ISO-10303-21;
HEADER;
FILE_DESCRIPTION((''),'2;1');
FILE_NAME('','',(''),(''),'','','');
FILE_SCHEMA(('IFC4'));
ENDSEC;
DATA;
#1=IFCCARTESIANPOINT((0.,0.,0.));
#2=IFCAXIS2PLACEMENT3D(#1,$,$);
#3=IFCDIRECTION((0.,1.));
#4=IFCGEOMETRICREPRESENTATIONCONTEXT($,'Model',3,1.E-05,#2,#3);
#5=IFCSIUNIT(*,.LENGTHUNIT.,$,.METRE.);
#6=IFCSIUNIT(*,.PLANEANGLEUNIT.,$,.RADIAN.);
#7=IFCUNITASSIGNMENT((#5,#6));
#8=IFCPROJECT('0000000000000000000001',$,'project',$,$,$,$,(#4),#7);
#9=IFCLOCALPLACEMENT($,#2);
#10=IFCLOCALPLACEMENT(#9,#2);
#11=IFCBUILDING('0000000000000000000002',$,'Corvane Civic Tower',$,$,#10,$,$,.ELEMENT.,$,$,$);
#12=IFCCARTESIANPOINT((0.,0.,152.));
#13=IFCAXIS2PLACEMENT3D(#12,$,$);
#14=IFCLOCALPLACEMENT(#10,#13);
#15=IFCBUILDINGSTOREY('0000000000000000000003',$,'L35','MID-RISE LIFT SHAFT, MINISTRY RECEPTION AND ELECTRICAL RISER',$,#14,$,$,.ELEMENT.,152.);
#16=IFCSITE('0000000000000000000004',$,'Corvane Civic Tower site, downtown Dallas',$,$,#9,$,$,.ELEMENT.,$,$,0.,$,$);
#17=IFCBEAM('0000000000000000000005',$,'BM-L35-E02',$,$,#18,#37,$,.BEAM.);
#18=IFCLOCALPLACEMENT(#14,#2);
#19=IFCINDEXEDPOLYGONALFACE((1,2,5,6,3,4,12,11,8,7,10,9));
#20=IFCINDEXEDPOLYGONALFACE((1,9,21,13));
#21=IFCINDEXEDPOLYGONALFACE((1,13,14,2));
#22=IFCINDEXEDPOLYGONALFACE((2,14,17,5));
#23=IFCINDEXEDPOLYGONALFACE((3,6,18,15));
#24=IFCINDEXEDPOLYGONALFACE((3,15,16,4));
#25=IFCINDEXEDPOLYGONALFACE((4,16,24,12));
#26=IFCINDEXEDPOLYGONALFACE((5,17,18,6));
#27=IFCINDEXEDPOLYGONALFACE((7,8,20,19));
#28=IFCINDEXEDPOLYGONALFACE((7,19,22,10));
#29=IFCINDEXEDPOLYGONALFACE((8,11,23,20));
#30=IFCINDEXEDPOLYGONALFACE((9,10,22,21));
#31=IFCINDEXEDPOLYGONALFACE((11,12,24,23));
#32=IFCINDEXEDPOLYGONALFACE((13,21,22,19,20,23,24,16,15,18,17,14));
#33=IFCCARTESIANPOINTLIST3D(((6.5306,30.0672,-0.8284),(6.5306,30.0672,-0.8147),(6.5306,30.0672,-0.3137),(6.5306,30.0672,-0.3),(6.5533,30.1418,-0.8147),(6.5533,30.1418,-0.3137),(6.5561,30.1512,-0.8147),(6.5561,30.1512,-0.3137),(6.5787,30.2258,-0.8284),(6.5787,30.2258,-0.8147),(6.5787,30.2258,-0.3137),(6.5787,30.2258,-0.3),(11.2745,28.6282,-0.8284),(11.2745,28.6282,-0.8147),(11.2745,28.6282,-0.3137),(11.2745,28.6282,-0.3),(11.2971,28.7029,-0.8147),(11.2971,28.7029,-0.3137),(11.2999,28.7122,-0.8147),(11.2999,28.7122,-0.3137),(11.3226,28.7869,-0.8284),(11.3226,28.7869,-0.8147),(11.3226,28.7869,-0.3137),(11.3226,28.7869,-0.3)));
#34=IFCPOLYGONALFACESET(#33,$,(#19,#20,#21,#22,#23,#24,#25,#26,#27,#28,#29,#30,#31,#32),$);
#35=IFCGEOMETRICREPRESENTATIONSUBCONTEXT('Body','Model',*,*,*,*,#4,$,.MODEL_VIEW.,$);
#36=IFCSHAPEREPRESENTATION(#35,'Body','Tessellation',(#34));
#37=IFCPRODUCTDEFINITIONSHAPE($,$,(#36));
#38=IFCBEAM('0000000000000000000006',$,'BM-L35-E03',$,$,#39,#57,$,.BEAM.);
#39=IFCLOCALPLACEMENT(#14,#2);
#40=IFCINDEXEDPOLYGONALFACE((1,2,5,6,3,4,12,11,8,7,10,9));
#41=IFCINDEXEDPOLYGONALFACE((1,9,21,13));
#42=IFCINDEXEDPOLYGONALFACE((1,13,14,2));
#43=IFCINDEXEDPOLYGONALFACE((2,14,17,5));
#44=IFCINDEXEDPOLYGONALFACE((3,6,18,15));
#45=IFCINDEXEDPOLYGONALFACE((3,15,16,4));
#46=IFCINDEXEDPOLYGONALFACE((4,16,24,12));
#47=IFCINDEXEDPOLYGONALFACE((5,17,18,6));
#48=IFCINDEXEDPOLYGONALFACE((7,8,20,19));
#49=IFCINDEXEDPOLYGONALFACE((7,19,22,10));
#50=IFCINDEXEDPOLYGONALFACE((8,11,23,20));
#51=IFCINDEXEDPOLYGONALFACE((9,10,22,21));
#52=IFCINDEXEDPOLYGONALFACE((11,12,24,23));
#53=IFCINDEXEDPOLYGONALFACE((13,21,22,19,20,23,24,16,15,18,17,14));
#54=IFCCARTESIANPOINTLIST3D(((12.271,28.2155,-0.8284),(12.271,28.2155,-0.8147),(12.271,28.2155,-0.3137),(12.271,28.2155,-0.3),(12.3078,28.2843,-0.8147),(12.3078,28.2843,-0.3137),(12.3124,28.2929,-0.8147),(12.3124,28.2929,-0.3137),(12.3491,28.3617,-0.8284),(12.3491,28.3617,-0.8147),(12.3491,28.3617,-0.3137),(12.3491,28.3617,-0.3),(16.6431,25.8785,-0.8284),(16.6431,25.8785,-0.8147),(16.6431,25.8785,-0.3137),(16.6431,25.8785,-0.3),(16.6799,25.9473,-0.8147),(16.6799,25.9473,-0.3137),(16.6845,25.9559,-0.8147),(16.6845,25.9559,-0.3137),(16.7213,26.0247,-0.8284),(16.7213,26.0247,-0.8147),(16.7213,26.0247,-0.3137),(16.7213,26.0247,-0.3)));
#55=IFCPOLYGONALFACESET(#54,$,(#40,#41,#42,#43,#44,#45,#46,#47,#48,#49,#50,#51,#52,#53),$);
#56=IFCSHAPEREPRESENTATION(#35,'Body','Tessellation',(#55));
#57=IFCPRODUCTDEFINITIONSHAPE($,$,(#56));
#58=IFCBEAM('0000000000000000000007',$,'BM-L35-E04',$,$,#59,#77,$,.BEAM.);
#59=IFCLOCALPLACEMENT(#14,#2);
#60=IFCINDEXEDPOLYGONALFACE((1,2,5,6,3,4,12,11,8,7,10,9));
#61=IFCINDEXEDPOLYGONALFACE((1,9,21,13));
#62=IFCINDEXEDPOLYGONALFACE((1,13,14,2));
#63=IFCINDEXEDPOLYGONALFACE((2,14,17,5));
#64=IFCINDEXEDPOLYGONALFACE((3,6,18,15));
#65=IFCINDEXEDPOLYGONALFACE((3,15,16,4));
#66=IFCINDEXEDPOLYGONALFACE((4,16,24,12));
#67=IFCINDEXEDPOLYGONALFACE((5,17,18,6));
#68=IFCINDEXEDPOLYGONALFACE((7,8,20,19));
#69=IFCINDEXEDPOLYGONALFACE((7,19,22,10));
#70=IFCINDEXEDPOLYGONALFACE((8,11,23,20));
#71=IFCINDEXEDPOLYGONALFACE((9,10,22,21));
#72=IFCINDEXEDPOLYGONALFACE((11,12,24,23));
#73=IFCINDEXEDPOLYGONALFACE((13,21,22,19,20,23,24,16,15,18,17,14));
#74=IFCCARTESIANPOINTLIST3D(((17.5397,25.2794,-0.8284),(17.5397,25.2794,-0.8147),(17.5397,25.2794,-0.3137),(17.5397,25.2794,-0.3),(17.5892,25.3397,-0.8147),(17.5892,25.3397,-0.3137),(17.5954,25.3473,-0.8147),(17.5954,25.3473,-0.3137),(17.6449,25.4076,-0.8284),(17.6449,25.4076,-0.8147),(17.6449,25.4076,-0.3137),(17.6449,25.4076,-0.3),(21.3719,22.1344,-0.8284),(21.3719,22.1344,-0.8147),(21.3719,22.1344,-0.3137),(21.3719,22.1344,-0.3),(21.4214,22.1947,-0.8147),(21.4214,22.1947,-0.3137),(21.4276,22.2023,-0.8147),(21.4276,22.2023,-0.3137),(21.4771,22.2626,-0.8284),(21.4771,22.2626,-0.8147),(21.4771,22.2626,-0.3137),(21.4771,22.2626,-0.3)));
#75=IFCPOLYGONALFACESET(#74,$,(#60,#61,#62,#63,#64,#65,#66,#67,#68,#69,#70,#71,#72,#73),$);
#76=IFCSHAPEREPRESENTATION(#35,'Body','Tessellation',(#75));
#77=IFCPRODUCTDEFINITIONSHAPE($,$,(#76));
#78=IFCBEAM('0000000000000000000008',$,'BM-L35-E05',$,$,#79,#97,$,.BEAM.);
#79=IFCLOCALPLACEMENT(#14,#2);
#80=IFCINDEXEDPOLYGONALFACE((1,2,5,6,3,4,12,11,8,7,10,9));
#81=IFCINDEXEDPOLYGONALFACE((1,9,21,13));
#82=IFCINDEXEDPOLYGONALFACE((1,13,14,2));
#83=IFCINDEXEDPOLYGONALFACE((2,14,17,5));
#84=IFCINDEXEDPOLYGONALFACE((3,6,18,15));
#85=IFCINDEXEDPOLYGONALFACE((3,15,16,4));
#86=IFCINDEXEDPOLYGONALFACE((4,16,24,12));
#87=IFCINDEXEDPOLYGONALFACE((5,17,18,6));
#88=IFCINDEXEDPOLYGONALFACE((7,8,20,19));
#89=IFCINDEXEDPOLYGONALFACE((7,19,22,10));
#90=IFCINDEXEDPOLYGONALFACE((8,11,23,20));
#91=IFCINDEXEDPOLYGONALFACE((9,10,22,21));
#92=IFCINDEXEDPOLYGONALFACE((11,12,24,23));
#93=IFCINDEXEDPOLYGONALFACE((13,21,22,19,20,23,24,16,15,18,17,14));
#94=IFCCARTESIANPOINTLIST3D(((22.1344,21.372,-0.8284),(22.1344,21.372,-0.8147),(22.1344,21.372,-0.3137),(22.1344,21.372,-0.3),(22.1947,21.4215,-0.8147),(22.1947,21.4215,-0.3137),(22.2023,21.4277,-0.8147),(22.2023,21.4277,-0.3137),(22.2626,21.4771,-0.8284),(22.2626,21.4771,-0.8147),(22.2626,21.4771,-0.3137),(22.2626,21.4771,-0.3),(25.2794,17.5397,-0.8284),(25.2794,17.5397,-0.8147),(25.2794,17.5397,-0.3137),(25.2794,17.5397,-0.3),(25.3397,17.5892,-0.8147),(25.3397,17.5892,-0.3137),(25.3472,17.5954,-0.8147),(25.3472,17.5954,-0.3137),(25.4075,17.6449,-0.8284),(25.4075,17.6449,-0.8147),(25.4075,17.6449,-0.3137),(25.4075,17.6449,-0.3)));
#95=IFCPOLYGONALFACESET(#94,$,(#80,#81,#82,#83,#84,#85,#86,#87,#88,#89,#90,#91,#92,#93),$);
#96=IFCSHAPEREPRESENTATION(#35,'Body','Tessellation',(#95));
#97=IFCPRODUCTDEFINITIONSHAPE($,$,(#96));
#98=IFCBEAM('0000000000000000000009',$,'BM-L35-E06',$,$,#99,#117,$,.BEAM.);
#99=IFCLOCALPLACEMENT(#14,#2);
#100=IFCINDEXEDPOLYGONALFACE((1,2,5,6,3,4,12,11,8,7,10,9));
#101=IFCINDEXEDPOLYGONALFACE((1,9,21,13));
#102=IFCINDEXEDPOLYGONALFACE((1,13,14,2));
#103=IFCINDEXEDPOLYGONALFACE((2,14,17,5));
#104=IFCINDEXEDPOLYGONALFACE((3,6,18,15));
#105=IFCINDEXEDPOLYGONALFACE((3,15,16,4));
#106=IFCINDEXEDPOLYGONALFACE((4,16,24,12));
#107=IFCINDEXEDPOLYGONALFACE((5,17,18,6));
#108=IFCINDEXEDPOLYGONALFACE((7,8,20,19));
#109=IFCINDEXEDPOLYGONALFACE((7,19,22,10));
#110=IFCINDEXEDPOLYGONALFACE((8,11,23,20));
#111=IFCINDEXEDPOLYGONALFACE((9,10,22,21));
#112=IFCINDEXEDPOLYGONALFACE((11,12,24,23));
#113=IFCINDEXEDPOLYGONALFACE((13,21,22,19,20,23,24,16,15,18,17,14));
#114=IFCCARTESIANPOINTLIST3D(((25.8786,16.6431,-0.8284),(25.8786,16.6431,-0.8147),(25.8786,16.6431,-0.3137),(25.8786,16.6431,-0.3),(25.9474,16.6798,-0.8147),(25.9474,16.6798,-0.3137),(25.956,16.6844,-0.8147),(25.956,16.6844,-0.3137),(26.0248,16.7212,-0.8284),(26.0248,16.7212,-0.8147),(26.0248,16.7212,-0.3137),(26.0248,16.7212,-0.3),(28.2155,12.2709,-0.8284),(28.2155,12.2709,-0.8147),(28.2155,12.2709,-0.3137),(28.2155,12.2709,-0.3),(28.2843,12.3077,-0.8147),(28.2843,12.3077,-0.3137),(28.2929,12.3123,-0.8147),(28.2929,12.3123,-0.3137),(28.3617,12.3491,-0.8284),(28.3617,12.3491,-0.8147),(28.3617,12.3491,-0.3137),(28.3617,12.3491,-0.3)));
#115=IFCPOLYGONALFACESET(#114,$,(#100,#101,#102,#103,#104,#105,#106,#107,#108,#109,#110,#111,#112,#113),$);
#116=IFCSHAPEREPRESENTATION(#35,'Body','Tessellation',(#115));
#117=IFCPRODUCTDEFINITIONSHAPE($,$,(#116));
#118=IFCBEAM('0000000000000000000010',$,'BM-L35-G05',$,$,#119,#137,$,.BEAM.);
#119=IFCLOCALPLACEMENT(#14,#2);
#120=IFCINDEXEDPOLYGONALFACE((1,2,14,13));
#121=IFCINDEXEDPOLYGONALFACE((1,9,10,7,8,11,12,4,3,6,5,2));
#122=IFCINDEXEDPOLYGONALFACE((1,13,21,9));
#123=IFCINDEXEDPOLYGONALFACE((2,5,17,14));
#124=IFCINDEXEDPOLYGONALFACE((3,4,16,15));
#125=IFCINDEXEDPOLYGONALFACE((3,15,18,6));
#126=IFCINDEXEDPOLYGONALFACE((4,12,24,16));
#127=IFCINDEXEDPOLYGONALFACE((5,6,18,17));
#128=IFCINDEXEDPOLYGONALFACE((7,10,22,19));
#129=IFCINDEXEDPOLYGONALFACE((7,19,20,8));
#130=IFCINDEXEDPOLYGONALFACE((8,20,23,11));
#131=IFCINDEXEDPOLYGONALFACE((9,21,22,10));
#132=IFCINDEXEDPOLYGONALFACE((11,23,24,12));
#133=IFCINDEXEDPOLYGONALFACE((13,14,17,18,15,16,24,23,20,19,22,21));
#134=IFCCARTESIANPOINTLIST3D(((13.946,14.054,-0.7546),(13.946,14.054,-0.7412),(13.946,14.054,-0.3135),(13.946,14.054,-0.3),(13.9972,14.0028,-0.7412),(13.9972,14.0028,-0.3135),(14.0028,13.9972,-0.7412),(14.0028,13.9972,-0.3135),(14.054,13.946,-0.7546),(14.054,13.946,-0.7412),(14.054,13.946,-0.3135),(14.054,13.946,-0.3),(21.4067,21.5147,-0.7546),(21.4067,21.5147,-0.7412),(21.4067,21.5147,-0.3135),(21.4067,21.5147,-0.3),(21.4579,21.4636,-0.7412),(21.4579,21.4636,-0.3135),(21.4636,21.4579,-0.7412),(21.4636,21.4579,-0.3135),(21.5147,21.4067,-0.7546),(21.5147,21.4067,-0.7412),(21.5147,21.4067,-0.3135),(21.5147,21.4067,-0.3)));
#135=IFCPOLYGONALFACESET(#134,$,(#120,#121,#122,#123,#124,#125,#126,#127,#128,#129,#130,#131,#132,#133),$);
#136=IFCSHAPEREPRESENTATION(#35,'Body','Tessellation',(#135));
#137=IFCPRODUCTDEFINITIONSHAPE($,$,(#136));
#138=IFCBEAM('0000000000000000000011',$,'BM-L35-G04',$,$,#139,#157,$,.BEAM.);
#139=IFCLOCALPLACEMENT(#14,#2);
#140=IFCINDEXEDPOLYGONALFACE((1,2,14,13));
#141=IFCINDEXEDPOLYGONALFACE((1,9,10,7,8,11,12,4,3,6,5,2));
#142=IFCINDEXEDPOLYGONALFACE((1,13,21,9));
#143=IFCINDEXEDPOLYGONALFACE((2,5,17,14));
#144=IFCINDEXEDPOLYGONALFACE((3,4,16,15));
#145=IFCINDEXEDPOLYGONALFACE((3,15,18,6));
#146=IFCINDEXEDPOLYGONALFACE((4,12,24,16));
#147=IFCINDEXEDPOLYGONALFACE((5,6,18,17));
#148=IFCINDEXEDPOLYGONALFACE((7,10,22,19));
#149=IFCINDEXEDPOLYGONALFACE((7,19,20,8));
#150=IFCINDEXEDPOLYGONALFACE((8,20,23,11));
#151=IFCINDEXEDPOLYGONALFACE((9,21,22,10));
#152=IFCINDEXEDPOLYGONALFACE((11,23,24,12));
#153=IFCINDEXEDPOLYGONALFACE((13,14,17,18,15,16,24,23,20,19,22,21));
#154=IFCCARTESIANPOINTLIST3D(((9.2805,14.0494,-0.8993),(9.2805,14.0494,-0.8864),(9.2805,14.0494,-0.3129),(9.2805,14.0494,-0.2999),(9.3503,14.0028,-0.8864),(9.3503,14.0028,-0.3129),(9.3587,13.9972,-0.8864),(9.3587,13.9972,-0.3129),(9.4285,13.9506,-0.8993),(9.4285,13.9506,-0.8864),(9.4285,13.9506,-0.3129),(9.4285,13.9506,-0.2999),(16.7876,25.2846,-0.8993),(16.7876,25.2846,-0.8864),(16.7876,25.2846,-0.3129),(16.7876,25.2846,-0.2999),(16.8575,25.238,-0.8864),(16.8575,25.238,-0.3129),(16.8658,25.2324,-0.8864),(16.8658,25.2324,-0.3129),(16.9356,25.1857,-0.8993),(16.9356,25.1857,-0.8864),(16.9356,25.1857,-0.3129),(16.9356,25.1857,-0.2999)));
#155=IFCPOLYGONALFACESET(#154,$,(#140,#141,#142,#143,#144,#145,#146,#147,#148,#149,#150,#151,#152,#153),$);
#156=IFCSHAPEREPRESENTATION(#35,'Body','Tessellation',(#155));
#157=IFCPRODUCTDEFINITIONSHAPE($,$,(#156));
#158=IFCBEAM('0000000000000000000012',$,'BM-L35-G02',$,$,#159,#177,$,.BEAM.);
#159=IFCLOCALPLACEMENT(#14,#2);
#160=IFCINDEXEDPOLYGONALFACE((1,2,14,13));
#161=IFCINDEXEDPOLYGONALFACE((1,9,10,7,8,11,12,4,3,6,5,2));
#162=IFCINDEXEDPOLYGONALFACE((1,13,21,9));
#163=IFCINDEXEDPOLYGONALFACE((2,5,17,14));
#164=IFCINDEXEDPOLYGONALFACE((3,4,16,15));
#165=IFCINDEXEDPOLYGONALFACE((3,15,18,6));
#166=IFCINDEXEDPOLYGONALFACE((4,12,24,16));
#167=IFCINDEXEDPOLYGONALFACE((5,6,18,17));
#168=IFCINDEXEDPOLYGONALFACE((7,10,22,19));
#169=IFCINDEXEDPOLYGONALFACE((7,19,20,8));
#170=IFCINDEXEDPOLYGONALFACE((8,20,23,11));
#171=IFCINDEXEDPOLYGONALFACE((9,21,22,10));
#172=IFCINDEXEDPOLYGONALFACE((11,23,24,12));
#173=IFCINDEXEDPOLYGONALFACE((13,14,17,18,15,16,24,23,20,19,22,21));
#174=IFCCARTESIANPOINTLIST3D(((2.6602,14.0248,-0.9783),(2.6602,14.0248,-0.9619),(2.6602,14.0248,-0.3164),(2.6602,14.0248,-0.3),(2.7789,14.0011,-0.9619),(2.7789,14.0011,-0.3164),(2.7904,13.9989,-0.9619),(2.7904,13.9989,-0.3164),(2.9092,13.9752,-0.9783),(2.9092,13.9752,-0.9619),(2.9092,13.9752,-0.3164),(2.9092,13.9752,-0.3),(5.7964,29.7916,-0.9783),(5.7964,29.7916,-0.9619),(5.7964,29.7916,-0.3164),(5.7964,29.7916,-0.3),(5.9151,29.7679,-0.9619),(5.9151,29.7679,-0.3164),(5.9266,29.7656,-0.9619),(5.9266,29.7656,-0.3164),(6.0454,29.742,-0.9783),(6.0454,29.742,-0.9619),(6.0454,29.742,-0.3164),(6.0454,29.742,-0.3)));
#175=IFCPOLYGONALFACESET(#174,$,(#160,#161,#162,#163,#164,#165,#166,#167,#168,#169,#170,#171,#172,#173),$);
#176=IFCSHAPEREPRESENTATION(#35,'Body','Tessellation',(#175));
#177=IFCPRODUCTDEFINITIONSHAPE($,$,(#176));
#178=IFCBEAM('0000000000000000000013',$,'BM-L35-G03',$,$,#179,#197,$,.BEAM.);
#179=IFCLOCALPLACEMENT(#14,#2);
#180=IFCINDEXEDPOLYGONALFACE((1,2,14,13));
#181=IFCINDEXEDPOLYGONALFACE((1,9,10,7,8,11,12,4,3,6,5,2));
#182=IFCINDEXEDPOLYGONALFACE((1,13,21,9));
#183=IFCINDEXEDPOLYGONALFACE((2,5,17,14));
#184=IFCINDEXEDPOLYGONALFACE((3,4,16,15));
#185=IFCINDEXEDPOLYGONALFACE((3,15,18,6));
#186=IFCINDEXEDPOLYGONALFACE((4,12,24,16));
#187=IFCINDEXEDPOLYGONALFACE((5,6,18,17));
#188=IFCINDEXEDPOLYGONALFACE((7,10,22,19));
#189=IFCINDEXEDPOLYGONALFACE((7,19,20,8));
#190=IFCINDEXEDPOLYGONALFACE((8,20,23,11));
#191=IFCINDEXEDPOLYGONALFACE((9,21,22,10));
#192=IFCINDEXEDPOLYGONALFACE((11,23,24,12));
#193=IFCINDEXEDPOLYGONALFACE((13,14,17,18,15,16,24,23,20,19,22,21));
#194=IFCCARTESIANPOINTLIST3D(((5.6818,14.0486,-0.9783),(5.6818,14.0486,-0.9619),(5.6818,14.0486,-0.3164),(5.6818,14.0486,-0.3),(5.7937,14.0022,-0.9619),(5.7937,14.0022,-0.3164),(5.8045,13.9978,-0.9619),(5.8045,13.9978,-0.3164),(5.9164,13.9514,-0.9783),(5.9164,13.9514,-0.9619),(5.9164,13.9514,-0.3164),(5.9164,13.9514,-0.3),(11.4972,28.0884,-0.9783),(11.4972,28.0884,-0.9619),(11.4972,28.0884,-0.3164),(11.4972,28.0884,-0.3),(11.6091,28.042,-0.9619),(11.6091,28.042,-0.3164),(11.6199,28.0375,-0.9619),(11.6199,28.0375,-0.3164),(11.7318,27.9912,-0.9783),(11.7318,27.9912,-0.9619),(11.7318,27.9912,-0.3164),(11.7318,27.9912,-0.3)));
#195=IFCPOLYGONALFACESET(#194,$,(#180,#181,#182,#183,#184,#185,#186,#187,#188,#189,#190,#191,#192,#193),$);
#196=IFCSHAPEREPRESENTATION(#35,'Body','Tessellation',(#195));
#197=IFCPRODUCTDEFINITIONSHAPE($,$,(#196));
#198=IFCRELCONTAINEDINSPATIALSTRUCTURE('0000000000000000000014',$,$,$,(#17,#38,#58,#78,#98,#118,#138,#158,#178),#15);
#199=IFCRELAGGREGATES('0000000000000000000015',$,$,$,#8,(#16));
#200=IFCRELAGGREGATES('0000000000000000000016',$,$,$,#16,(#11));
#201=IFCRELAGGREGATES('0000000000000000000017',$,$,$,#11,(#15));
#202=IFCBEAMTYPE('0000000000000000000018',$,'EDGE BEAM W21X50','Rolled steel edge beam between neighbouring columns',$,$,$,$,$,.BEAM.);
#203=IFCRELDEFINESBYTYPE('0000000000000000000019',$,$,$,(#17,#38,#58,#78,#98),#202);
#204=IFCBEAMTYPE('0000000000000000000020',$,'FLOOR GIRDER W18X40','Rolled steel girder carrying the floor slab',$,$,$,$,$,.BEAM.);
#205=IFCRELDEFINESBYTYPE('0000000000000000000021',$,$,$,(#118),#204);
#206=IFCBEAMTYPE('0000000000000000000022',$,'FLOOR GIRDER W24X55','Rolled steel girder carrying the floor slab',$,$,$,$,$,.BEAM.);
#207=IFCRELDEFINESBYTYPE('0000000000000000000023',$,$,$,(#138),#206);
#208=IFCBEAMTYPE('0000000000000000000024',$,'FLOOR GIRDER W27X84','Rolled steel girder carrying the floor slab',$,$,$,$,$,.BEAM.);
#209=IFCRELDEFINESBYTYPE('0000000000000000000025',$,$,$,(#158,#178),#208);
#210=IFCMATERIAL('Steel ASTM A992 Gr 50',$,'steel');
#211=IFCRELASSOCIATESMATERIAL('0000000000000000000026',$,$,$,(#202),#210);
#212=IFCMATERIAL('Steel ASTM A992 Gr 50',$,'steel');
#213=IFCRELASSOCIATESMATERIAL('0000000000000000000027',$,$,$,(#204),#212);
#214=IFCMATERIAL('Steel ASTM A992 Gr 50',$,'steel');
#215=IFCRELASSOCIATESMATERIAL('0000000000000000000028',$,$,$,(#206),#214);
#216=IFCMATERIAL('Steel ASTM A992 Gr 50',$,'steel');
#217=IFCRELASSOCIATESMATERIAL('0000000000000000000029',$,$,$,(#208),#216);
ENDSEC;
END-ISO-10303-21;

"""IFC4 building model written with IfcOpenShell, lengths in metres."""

from ifc_helpers import new_model, si_unit, direction, frame, origin, origin_2d, place, context, subcontext, project, spatial, i_section, extrude, material, material_profile, profile_set, type_object, element, save


model = new_model("IFC4")

# Units and contexts
model_context = context("Model", 3, precision=1e-05, world=origin(), true_north=direction((0.0, 1.0)))
body_context = subcontext(model_context, "Body", "Model", "MODEL_VIEW")
ifc_project = project(units=[si_unit("LENGTHUNIT", "METRE"), si_unit("PLANEANGLEUNIT", "RADIAN")], contexts=[model_context])

# Site, building, storey
site_placement = place(None, origin())
site = spatial("IfcSite", under=ifc_project, at=site_placement, Name="Corvane Civic Tower site, downtown Dallas", CompositionType="ELEMENT", RefElevation=0.0)
building_placement = place(site_placement, origin())
building = spatial("IfcBuilding", under=site, at=building_placement, Name="Corvane Civic Tower", CompositionType="ELEMENT")
storey_placement = place(building_placement, frame((0.0, 0.0, 152.0)))
storey = spatial("IfcBuildingStorey", under=building, at=storey_placement, Name="L35", Description="MID-RISE LIFT SHAFT, MINISTRY RECEPTION AND ELECTRICAL RISER", CompositionType="ELEMENT", Elevation=152.0)

# Beams
ifc_material_1 = material(Name="Steel ASTM A992 Gr 50", Category="steel")
ifc_material_profile_1 = material_profile(ifc_material_1, i_section(OverallWidth=0.1658, OverallDepth=0.5283, WebThickness=0.0098, FlangeThickness=0.0137, at=origin_2d()), Name="W21X50")
ifc_profile_set_1 = profile_set([ifc_material_profile_1], Name="Steel ASTM A992 Gr 50")
beam_type_1 = type_object("IfcBeamType", Name="EDGE BEAM W21X50", Description="Rolled steel edge beam between neighbouring columns", PredefinedType="BEAM", material=ifc_profile_set_1)
beam_1_placement = place(storey_placement, frame((6.5547, 30.1465, -0.5642), z_axis=(0.956945, -0.29027, 0.0), x_axis=(0.29027, 0.956945, 0.0)))
element("IfcBeam", 1, at=beam_1_placement, inside=storey, type_object=beam_type_1, Name="BM-L35-E02", PredefinedType="BEAM", context=body_context, shape_type="SweptSolid", body=[
    extrude(i_section(OverallWidth=0.1658, OverallDepth=0.5283, WebThickness=0.0098, FlangeThickness=0.0137, at=origin_2d()), origin(), (0.0, 0.0, 1.0), 4.9573),
])
for number, where, z_axis, x_axis, name in (
    (2, (12.3101, 28.2886, -0.5642), (0.881922, -0.471396, 0.0), (0.471396, 0.881922, 0.0), "BM-L35-E03"),
    (3, (17.5923, 25.3435, -0.5642), (0.773015, -0.634388, 0.0), (0.634388, 0.773015, 0.0), "BM-L35-E04"),
    (4, (22.1985, 21.4246, -0.5642), (0.634388, -0.773015, 0.0), (0.773015, 0.634388, 0.0), "BM-L35-E05"),
    (5, (25.9517, 16.6821, -0.5642), (0.471396, -0.881922, 0.0), (0.881922, 0.471396, 0.0), "BM-L35-E06"),
):
    element("IfcBeam", number, at=place(storey_placement, frame(where, z_axis=z_axis, x_axis=x_axis)), inside=storey, type_object=beam_type_1, Name=name, PredefinedType="BEAM", context=body_context, shape_type="SweptSolid", body=[
        extrude(i_section(OverallWidth=0.1658, OverallDepth=0.5283, WebThickness=0.0098, FlangeThickness=0.0137, at=origin_2d()), origin(), (0.0, 0.0, 1.0), 4.9575),
    ])
ifc_material_2 = material(Name="Steel ASTM A992 Gr 50", Category="steel")
ifc_material_profile_2 = material_profile(ifc_material_2, i_section(OverallWidth=0.1528, OverallDepth=0.4546, WebThickness=0.0081, FlangeThickness=0.0134, at=origin_2d()), Name="W18X40")
ifc_profile_set_2 = profile_set([ifc_material_profile_2], Name="Steel ASTM A992 Gr 50")
beam_type_2 = type_object("IfcBeamType", Name="FLOOR GIRDER W18X40", Description="Rolled steel girder carrying the floor slab", PredefinedType="BEAM", material=ifc_profile_set_2)
beam_2_placement = place(storey_placement, frame((14.0, 14.0, -0.5273), z_axis=(0.707107, 0.707107, 0.0), x_axis=(-0.707107, 0.707107, 0.0)))
element("IfcBeam", 6, at=beam_2_placement, inside=storey, type_object=beam_type_2, Name="BM-L35-G05", PredefinedType="BEAM", context=body_context, shape_type="SweptSolid", body=[
    extrude(i_section(OverallWidth=0.1528, OverallDepth=0.4546, WebThickness=0.0081, FlangeThickness=0.0134, at=origin_2d()), origin(), (0.0, 0.0, 1.0), 10.551),
])
ifc_material_3 = material(Name="Steel ASTM A992 Gr 50", Category="steel")
ifc_material_profile_3 = material_profile(ifc_material_3, i_section(OverallWidth=0.178, OverallDepth=0.5994, WebThickness=0.01, FlangeThickness=0.0129, at=origin_2d()), Name="W24X55")
ifc_profile_set_3 = profile_set([ifc_material_profile_3], Name="Steel ASTM A992 Gr 50")
beam_type_3 = type_object("IfcBeamType", Name="FLOOR GIRDER W24X55", Description="Rolled steel girder carrying the floor slab", PredefinedType="BEAM", material=ifc_profile_set_3)
beam_3_placement = place(storey_placement, frame((9.3545, 14.0, -0.5996), z_axis=(0.555571, 0.831469, 0.0), x_axis=(-0.831469, 0.555571, 0.0)))
element("IfcBeam", 7, at=beam_3_placement, inside=storey, type_object=beam_type_3, Name="BM-L35-G04", PredefinedType="BEAM", context=body_context, shape_type="SweptSolid", body=[
    extrude(i_section(OverallWidth=0.178, OverallDepth=0.5994, WebThickness=0.01, FlangeThickness=0.0129, at=origin_2d()), origin(), (0.0, 0.0, 1.0), 13.5125),
])
ifc_material_4 = material(Name="Steel ASTM A992 Gr 50", Category="steel")
ifc_material_profile_4 = material_profile(ifc_material_4, i_section(OverallWidth=0.2539, OverallDepth=0.6782, WebThickness=0.0117, FlangeThickness=0.0164, at=origin_2d()), Name="W27X84")
ifc_profile_set_4 = profile_set([ifc_material_profile_4], Name="Steel ASTM A992 Gr 50")
beam_type_4 = type_object("IfcBeamType", Name="FLOOR GIRDER W27X84", Description="Rolled steel girder carrying the floor slab", PredefinedType="BEAM", material=ifc_profile_set_4)
beam_4_placement = place(storey_placement, frame((2.7847, 14.0, -0.6392), z_axis=(0.195091, 0.980785, 0.0), x_axis=(-0.980785, 0.195091, 0.0)))
element("IfcBeam", 8, at=beam_4_placement, inside=storey, type_object=beam_type_4, Name="BM-L35-G02", PredefinedType="BEAM", context=body_context, shape_type="SweptSolid", body=[
    extrude(i_section(OverallWidth=0.2539, OverallDepth=0.6782, WebThickness=0.0117, FlangeThickness=0.0164, at=origin_2d()), origin(), (0.0, 0.0, 1.0), 16.0757),
])
beam_5_placement = place(storey_placement, frame((5.7991, 14.0, -0.6392), z_axis=(0.382681, 0.923881, 0.0), x_axis=(-0.923881, 0.382681, 0.0)))
element("IfcBeam", 9, at=beam_5_placement, inside=storey, type_object=beam_type_4, Name="BM-L35-G03", PredefinedType="BEAM", context=body_context, shape_type="SweptSolid", body=[
    extrude(i_section(OverallWidth=0.2539, OverallDepth=0.6782, WebThickness=0.0117, FlangeThickness=0.0164, at=origin_2d()), origin(), (0.0, 0.0, 1.0), 15.1965),
])

save(model, "model.ifc")
